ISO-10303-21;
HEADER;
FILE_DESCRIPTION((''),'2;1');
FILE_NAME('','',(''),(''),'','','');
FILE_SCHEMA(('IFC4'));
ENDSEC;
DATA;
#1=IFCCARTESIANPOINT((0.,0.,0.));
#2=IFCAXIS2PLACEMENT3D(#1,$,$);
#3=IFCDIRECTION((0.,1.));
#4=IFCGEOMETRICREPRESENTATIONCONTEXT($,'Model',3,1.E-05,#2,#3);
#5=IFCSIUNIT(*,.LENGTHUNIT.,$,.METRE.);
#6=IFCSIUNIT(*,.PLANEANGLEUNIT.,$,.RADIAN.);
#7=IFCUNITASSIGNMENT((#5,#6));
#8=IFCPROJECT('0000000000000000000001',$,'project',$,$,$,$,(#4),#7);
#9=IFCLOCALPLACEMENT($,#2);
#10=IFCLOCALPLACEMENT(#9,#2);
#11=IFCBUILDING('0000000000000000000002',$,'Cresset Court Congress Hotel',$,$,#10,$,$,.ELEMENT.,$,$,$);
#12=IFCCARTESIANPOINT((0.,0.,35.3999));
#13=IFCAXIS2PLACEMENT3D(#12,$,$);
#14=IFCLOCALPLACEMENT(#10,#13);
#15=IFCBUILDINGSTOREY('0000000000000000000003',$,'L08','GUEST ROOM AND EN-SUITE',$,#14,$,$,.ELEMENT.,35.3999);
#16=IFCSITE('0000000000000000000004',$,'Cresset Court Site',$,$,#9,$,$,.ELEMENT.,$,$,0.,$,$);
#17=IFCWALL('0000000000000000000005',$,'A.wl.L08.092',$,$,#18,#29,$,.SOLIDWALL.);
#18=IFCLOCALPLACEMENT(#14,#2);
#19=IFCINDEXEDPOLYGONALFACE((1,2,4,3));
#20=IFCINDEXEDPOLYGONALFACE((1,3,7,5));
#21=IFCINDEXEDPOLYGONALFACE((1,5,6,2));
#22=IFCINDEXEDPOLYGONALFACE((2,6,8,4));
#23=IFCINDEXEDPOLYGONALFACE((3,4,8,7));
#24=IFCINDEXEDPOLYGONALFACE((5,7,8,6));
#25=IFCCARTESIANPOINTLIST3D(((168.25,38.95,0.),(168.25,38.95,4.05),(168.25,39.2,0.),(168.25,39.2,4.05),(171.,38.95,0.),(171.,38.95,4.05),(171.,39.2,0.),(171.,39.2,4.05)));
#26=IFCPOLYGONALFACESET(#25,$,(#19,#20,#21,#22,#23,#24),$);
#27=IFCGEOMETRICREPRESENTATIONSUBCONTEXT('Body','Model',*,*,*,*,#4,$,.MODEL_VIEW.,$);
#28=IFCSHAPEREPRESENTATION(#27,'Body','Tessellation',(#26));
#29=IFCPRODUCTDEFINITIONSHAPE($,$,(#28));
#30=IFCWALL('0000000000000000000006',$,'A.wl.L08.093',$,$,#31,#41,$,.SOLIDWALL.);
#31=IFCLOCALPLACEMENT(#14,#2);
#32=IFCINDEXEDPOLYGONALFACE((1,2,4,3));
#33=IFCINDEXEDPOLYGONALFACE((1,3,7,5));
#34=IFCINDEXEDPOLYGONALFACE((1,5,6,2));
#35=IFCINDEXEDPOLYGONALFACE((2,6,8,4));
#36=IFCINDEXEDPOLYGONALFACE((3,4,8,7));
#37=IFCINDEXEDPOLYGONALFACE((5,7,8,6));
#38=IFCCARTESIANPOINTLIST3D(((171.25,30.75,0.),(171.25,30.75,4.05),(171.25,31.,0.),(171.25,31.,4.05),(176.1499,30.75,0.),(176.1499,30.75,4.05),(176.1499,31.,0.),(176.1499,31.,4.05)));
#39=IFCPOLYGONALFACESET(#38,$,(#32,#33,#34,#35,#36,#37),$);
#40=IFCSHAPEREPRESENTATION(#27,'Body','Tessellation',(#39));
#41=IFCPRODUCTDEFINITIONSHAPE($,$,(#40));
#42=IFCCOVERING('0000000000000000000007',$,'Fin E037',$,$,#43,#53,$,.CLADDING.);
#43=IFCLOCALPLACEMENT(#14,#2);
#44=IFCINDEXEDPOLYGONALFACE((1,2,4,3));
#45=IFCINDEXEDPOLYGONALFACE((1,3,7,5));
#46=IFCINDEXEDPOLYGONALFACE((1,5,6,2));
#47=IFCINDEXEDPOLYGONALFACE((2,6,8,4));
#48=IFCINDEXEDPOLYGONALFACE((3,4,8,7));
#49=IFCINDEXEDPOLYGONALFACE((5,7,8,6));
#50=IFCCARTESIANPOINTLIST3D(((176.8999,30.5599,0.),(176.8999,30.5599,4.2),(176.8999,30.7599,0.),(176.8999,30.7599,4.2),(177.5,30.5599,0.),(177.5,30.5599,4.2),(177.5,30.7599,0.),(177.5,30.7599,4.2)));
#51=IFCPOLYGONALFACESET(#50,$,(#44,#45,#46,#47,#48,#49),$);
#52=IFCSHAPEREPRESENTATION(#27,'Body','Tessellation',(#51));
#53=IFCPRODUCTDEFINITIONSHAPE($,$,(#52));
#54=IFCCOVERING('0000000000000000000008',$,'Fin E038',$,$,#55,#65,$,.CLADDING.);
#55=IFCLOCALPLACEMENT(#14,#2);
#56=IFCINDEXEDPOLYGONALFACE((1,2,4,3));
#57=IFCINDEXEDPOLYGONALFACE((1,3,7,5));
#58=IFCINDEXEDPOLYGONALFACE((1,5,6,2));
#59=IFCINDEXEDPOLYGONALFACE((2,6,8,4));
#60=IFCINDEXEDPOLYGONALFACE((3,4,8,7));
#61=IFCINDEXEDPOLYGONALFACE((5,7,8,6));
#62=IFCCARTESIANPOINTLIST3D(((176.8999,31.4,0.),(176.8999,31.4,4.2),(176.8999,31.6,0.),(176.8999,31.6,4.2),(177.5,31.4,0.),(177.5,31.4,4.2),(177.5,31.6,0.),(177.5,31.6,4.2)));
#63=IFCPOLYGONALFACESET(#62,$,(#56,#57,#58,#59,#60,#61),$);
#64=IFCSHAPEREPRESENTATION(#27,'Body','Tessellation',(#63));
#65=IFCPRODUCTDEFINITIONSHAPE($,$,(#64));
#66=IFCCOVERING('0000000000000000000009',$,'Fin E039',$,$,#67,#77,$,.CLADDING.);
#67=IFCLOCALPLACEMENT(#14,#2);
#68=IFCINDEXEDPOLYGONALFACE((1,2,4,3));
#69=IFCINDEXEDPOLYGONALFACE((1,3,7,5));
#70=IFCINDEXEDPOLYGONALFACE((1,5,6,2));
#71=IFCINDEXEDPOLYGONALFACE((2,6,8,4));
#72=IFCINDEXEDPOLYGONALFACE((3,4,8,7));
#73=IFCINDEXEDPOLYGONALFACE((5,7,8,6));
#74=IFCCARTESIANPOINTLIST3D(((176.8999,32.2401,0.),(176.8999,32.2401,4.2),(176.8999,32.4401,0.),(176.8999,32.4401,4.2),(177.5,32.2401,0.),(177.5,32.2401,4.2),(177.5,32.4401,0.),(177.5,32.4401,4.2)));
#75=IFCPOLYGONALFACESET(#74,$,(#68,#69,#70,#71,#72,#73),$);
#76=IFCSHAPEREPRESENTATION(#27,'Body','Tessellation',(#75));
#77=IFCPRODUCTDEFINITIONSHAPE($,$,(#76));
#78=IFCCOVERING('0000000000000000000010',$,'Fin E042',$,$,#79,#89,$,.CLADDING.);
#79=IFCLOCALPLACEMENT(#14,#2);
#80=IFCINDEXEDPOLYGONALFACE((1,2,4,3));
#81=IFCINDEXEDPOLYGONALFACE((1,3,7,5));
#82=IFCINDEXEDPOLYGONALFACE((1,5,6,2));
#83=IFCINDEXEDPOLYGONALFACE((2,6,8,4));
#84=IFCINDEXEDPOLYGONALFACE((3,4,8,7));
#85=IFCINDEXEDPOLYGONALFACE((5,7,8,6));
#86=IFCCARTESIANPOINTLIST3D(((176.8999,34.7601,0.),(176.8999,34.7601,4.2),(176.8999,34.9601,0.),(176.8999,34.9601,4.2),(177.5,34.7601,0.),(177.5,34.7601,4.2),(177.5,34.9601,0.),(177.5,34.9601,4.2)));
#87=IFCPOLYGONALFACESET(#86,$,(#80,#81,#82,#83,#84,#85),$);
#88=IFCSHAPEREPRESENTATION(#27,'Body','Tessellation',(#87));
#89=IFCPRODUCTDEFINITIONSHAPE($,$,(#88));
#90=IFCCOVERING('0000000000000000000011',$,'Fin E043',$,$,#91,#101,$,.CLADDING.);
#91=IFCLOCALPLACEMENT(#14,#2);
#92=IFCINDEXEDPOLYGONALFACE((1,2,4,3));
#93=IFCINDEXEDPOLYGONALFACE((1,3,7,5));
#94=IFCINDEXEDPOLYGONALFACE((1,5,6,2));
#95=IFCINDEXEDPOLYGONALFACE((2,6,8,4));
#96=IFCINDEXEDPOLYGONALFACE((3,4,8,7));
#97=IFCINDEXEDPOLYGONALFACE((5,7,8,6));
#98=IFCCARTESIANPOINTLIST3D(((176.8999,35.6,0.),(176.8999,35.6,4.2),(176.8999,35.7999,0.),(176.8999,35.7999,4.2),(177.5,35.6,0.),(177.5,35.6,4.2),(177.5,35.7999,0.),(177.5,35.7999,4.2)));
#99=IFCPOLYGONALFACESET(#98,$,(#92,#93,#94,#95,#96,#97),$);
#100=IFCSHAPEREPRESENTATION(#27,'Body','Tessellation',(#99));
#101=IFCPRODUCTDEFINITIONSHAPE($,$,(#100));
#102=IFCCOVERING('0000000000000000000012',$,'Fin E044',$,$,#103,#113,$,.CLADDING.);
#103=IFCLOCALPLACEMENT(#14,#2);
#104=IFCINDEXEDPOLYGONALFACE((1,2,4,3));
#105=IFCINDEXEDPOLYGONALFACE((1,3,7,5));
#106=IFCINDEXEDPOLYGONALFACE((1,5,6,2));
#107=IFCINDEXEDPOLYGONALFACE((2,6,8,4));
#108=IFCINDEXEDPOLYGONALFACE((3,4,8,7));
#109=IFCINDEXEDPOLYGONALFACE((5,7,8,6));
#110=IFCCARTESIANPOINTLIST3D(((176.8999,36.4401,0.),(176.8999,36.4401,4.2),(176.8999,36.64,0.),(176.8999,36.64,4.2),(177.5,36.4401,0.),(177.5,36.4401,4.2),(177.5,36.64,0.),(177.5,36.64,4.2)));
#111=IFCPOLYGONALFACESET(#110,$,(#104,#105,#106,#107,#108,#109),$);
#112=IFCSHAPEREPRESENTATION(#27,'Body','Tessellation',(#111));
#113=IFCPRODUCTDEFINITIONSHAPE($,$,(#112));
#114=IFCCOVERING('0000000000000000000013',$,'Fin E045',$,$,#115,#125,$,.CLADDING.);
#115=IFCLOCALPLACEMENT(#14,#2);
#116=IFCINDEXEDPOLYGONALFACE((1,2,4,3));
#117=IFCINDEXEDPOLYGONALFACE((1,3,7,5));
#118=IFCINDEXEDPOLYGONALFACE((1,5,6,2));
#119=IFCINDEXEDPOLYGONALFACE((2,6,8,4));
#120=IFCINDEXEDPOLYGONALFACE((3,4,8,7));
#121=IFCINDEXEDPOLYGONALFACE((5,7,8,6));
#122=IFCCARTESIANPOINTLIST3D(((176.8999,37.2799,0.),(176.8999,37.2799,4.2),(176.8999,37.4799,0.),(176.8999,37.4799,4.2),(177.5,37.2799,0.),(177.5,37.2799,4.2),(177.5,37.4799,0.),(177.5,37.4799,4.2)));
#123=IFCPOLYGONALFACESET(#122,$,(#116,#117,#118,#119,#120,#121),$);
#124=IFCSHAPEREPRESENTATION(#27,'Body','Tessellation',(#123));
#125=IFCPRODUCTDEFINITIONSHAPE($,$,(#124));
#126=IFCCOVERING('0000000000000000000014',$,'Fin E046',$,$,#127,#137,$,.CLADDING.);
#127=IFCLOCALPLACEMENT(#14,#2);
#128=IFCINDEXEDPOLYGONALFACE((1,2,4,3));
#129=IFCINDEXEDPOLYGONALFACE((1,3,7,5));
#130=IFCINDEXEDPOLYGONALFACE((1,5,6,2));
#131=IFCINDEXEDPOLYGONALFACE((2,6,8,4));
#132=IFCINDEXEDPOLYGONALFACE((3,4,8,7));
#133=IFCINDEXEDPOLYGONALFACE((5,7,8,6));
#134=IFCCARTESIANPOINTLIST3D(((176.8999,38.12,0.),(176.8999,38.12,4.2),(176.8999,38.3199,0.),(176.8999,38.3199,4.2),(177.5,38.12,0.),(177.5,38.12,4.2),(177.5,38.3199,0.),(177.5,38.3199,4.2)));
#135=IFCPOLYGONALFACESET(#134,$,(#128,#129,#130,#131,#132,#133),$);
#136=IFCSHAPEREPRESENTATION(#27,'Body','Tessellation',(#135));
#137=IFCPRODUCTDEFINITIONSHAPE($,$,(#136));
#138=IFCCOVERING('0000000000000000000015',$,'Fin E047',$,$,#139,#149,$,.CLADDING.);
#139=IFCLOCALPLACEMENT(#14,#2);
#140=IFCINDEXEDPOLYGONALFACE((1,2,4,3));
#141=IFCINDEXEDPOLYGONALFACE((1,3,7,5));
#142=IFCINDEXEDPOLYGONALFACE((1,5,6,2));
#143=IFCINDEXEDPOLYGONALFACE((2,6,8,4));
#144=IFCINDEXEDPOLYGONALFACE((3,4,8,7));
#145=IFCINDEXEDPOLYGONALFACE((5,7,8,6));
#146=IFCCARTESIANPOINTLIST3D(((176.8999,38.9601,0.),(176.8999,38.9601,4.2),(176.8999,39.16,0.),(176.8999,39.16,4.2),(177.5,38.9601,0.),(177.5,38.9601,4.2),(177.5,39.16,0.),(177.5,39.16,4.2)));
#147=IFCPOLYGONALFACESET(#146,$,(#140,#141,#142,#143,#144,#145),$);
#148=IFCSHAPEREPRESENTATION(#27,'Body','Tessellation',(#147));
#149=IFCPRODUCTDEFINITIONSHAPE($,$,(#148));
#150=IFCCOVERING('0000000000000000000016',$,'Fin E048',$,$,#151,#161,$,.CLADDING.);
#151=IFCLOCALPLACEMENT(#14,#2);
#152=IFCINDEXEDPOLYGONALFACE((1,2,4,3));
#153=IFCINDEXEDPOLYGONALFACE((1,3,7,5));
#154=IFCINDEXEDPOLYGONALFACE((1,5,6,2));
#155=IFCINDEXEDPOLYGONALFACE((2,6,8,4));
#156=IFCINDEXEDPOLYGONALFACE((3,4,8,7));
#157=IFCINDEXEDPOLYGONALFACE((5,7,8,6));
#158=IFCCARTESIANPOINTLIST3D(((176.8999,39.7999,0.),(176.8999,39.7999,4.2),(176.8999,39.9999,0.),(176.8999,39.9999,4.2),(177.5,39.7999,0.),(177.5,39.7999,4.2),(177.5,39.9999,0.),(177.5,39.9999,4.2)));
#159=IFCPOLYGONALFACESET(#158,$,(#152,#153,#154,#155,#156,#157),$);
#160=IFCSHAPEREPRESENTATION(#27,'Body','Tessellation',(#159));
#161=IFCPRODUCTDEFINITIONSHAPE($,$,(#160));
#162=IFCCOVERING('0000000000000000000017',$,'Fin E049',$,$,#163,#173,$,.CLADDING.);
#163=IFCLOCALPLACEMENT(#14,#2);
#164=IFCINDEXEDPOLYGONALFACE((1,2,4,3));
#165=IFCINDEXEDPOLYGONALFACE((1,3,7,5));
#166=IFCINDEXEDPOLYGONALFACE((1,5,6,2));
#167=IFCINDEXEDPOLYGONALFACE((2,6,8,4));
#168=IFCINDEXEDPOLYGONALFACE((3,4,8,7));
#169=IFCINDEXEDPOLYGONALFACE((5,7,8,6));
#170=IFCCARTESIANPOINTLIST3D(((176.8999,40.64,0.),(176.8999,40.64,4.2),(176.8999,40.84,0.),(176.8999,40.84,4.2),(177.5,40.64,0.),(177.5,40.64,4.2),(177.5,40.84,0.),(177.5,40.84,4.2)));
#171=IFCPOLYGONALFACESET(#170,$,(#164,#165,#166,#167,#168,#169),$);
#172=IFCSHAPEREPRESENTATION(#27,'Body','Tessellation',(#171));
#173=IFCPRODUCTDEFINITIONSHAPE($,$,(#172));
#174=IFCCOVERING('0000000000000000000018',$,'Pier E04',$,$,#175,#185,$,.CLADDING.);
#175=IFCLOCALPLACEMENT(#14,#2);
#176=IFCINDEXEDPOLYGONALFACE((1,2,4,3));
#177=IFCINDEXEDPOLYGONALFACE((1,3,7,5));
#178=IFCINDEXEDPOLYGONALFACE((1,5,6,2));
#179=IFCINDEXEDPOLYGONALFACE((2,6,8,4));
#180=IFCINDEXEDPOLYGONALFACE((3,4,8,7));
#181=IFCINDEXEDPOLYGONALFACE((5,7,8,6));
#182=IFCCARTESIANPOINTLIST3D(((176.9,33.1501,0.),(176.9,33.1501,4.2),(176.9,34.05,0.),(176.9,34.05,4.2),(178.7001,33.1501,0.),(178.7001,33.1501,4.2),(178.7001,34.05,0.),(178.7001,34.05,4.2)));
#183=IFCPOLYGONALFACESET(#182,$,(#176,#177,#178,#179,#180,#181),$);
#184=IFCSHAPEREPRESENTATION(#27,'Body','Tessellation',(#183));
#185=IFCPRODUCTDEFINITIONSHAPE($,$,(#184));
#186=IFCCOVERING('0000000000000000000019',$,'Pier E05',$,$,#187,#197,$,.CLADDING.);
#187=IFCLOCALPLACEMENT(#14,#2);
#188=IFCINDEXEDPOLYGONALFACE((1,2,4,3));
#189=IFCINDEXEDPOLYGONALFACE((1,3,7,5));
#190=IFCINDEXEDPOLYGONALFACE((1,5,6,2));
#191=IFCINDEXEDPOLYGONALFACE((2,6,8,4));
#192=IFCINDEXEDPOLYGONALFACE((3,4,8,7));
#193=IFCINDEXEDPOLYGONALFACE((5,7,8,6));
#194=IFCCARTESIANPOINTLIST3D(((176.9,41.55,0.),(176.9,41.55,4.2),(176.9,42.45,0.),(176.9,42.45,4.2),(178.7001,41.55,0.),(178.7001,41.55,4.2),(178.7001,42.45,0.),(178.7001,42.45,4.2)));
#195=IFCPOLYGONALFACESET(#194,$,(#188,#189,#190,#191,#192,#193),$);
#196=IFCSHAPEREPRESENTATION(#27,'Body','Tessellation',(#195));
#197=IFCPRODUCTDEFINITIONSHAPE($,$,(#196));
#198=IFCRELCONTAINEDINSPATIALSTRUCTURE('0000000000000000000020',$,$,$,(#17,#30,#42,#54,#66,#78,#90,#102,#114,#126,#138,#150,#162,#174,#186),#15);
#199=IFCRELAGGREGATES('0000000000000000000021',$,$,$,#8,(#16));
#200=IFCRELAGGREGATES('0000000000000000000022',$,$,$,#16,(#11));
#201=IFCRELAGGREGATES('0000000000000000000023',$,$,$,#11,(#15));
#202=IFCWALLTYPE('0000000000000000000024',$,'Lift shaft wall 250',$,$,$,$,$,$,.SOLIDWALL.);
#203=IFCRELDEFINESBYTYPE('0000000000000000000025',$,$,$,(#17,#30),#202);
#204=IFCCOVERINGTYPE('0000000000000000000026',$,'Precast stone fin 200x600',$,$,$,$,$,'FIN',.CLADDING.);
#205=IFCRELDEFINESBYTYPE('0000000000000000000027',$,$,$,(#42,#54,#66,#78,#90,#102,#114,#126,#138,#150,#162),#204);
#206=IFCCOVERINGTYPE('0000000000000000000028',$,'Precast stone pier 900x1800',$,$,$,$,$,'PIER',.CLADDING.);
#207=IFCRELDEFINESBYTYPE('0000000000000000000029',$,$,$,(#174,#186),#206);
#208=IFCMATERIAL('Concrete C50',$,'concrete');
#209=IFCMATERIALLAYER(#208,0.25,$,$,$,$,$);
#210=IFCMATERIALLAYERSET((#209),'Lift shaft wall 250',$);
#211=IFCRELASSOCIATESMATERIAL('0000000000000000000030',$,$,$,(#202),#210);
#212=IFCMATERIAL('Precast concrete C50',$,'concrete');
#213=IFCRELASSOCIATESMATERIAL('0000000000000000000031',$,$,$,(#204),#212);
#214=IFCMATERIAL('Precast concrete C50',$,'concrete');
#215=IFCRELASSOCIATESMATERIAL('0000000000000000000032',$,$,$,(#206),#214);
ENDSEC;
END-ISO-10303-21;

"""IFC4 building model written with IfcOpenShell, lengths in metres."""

from ifc_helpers import new_model, si_unit, direction, frame, frame_2d, origin, origin_2d, place, context, subcontext, project, spatial, rectangle, extrude, material, layer, layer_set, type_object, element, save


model = new_model("IFC4")

# Units and contexts
model_context = context("Model", 3, precision=1e-05, world=origin(), true_north=direction((0.0, 1.0)))
body_context = subcontext(model_context, "Body", "Model", "MODEL_VIEW")
ifc_project = project(units=[si_unit("LENGTHUNIT", "METRE"), si_unit("PLANEANGLEUNIT", "RADIAN")], contexts=[model_context])

# Site, building, storey
site_placement = place(None, origin())
site = spatial("IfcSite", under=ifc_project, at=site_placement, Name="Cresset Court Site", CompositionType="ELEMENT", RefElevation=0.0)
building_placement = place(site_placement, origin())
building = spatial("IfcBuilding", under=site, at=building_placement, Name="Cresset Court Congress Hotel", CompositionType="ELEMENT")
storey_placement = place(building_placement, frame((0.0, 0.0, 35.3999)))
storey = spatial("IfcBuildingStorey", under=building, at=storey_placement, Name="L08", Description="GUEST ROOM AND EN-SUITE", CompositionType="ELEMENT", Elevation=35.3999)

# Walls
ifc_material_1 = material(Name="Concrete C50", Category="concrete")
ifc_layer_1 = layer(ifc_material_1, 0.25)
ifc_layer_set_1 = layer_set([ifc_layer_1], Name="Lift shaft wall 250")
wall_type_1 = type_object("IfcWallType", Name="Lift shaft wall 250", PredefinedType="SOLIDWALL", material=ifc_layer_set_1)
for number, where, z_axis, x_axis, name in (
    (1, (168.25, 39.075, 0.0), (0.0, 0.0, 1.0), (1.0, 0.0, 0.0), "A.wl.L08.092"),
):
    element("IfcWall", number, at=place(storey_placement, frame(where, z_axis=z_axis, x_axis=x_axis)), inside=storey, type_object=wall_type_1, Name=name, PredefinedType="SOLIDWALL", context=body_context, shape_type="SweptSolid", body=[
        extrude(rectangle(XDim=2.75, YDim=0.25, at=frame_2d((1.375, 0.0))), origin(), (0.0, 0.0, 1.0), 4.05),
    ])
wall_1_placement = place(storey_placement, frame((171.25, 30.875, 0.0), z_axis=(0.0, 0.0, 1.0), x_axis=(1.0, 0.0, 0.0)))
element("IfcWall", 2, at=wall_1_placement, inside=storey, type_object=wall_type_1, Name="A.wl.L08.093", PredefinedType="SOLIDWALL", context=body_context, shape_type="SweptSolid", body=[
    extrude(rectangle(XDim=4.8999, YDim=0.25, at=frame_2d((2.45, 0.0))), origin(), (0.0, 0.0, 1.0), 4.05),
])

# Coverings
ifc_material_2 = material(Name="Precast concrete C50", Category="concrete")
covering_type_1 = type_object("IfcCoveringType", Name="Precast stone fin 200x600", ElementType="FIN", PredefinedType="CLADDING", material=ifc_material_2)
for number, where, z_axis, x_axis, name in (
    (3, (177.2, 30.6599, 0.0), (0.0, 0.0, 1.0), (1.0, 0.0, 0.0), "Fin E037"),
    (4, (177.2, 31.5, 0.0), (0.0, 0.0, 1.0), (1.0, 0.0, 0.0), "Fin E038"),
    (5, (177.2, 32.3401, 0.0), (0.0, 0.0, 1.0), (1.0, 0.0, 0.0), "Fin E039"),
    (6, (177.2, 34.8601, 0.0), (0.0, 0.0, 1.0), (1.0, 0.0, 0.0), "Fin E042"),
    (7, (177.2, 35.7, 0.0), (0.0, 0.0, 1.0), (1.0, 0.0, 0.0), "Fin E043"),
    (8, (177.2, 36.54, 0.0), (0.0, 0.0, 1.0), (1.0, 0.0, 0.0), "Fin E044"),
    (9, (177.2, 37.3799, 0.0), (0.0, 0.0, 1.0), (1.0, 0.0, 0.0), "Fin E045"),
    (10, (177.2, 38.22, 0.0), (0.0, 0.0, 1.0), (1.0, 0.0, 0.0), "Fin E046"),
    (11, (177.2, 39.0601, 0.0), (0.0, 0.0, 1.0), (1.0, 0.0, 0.0), "Fin E047"),
    (12, (177.2, 39.8999, 0.0), (0.0, 0.0, 1.0), (1.0, 0.0, 0.0), "Fin E048"),
    (13, (177.2, 40.74, 0.0), (0.0, 0.0, 1.0), (1.0, 0.0, 0.0), "Fin E049"),
):
    element("IfcCovering", number, at=place(storey_placement, frame(where, z_axis=z_axis, x_axis=x_axis)), inside=storey, type_object=covering_type_1, Name=name, PredefinedType="CLADDING", context=body_context, shape_type="SweptSolid", body=[
        extrude(rectangle(XDim=0.6001, YDim=0.2, at=origin_2d()), origin(), (0.0, 0.0, 1.0), 4.2),
    ])
ifc_material_3 = material(Name="Precast concrete C50", Category="concrete")
covering_type_2 = type_object("IfcCoveringType", Name="Precast stone pier 900x1800", ElementType="PIER", PredefinedType="CLADDING", material=ifc_material_3)
for number, where, z_axis, x_axis, name in (
    (14, (177.8, 33.6001, 0.0), (0.0, 0.0, 1.0), (1.0, 0.0, 0.0), "Pier E04"),
    (15, (177.8, 42.0, 0.0), (0.0, 0.0, 1.0), (1.0, 0.0, 0.0), "Pier E05"),
):
    element("IfcCovering", number, at=place(storey_placement, frame(where, z_axis=z_axis, x_axis=x_axis)), inside=storey, type_object=covering_type_2, Name=name, PredefinedType="CLADDING", context=body_context, shape_type="SweptSolid", body=[
        extrude(rectangle(XDim=1.8, YDim=0.8999, at=origin_2d()), origin(), (0.0, 0.0, 1.0), 4.2),
    ])

save(model, "model.ifc")
